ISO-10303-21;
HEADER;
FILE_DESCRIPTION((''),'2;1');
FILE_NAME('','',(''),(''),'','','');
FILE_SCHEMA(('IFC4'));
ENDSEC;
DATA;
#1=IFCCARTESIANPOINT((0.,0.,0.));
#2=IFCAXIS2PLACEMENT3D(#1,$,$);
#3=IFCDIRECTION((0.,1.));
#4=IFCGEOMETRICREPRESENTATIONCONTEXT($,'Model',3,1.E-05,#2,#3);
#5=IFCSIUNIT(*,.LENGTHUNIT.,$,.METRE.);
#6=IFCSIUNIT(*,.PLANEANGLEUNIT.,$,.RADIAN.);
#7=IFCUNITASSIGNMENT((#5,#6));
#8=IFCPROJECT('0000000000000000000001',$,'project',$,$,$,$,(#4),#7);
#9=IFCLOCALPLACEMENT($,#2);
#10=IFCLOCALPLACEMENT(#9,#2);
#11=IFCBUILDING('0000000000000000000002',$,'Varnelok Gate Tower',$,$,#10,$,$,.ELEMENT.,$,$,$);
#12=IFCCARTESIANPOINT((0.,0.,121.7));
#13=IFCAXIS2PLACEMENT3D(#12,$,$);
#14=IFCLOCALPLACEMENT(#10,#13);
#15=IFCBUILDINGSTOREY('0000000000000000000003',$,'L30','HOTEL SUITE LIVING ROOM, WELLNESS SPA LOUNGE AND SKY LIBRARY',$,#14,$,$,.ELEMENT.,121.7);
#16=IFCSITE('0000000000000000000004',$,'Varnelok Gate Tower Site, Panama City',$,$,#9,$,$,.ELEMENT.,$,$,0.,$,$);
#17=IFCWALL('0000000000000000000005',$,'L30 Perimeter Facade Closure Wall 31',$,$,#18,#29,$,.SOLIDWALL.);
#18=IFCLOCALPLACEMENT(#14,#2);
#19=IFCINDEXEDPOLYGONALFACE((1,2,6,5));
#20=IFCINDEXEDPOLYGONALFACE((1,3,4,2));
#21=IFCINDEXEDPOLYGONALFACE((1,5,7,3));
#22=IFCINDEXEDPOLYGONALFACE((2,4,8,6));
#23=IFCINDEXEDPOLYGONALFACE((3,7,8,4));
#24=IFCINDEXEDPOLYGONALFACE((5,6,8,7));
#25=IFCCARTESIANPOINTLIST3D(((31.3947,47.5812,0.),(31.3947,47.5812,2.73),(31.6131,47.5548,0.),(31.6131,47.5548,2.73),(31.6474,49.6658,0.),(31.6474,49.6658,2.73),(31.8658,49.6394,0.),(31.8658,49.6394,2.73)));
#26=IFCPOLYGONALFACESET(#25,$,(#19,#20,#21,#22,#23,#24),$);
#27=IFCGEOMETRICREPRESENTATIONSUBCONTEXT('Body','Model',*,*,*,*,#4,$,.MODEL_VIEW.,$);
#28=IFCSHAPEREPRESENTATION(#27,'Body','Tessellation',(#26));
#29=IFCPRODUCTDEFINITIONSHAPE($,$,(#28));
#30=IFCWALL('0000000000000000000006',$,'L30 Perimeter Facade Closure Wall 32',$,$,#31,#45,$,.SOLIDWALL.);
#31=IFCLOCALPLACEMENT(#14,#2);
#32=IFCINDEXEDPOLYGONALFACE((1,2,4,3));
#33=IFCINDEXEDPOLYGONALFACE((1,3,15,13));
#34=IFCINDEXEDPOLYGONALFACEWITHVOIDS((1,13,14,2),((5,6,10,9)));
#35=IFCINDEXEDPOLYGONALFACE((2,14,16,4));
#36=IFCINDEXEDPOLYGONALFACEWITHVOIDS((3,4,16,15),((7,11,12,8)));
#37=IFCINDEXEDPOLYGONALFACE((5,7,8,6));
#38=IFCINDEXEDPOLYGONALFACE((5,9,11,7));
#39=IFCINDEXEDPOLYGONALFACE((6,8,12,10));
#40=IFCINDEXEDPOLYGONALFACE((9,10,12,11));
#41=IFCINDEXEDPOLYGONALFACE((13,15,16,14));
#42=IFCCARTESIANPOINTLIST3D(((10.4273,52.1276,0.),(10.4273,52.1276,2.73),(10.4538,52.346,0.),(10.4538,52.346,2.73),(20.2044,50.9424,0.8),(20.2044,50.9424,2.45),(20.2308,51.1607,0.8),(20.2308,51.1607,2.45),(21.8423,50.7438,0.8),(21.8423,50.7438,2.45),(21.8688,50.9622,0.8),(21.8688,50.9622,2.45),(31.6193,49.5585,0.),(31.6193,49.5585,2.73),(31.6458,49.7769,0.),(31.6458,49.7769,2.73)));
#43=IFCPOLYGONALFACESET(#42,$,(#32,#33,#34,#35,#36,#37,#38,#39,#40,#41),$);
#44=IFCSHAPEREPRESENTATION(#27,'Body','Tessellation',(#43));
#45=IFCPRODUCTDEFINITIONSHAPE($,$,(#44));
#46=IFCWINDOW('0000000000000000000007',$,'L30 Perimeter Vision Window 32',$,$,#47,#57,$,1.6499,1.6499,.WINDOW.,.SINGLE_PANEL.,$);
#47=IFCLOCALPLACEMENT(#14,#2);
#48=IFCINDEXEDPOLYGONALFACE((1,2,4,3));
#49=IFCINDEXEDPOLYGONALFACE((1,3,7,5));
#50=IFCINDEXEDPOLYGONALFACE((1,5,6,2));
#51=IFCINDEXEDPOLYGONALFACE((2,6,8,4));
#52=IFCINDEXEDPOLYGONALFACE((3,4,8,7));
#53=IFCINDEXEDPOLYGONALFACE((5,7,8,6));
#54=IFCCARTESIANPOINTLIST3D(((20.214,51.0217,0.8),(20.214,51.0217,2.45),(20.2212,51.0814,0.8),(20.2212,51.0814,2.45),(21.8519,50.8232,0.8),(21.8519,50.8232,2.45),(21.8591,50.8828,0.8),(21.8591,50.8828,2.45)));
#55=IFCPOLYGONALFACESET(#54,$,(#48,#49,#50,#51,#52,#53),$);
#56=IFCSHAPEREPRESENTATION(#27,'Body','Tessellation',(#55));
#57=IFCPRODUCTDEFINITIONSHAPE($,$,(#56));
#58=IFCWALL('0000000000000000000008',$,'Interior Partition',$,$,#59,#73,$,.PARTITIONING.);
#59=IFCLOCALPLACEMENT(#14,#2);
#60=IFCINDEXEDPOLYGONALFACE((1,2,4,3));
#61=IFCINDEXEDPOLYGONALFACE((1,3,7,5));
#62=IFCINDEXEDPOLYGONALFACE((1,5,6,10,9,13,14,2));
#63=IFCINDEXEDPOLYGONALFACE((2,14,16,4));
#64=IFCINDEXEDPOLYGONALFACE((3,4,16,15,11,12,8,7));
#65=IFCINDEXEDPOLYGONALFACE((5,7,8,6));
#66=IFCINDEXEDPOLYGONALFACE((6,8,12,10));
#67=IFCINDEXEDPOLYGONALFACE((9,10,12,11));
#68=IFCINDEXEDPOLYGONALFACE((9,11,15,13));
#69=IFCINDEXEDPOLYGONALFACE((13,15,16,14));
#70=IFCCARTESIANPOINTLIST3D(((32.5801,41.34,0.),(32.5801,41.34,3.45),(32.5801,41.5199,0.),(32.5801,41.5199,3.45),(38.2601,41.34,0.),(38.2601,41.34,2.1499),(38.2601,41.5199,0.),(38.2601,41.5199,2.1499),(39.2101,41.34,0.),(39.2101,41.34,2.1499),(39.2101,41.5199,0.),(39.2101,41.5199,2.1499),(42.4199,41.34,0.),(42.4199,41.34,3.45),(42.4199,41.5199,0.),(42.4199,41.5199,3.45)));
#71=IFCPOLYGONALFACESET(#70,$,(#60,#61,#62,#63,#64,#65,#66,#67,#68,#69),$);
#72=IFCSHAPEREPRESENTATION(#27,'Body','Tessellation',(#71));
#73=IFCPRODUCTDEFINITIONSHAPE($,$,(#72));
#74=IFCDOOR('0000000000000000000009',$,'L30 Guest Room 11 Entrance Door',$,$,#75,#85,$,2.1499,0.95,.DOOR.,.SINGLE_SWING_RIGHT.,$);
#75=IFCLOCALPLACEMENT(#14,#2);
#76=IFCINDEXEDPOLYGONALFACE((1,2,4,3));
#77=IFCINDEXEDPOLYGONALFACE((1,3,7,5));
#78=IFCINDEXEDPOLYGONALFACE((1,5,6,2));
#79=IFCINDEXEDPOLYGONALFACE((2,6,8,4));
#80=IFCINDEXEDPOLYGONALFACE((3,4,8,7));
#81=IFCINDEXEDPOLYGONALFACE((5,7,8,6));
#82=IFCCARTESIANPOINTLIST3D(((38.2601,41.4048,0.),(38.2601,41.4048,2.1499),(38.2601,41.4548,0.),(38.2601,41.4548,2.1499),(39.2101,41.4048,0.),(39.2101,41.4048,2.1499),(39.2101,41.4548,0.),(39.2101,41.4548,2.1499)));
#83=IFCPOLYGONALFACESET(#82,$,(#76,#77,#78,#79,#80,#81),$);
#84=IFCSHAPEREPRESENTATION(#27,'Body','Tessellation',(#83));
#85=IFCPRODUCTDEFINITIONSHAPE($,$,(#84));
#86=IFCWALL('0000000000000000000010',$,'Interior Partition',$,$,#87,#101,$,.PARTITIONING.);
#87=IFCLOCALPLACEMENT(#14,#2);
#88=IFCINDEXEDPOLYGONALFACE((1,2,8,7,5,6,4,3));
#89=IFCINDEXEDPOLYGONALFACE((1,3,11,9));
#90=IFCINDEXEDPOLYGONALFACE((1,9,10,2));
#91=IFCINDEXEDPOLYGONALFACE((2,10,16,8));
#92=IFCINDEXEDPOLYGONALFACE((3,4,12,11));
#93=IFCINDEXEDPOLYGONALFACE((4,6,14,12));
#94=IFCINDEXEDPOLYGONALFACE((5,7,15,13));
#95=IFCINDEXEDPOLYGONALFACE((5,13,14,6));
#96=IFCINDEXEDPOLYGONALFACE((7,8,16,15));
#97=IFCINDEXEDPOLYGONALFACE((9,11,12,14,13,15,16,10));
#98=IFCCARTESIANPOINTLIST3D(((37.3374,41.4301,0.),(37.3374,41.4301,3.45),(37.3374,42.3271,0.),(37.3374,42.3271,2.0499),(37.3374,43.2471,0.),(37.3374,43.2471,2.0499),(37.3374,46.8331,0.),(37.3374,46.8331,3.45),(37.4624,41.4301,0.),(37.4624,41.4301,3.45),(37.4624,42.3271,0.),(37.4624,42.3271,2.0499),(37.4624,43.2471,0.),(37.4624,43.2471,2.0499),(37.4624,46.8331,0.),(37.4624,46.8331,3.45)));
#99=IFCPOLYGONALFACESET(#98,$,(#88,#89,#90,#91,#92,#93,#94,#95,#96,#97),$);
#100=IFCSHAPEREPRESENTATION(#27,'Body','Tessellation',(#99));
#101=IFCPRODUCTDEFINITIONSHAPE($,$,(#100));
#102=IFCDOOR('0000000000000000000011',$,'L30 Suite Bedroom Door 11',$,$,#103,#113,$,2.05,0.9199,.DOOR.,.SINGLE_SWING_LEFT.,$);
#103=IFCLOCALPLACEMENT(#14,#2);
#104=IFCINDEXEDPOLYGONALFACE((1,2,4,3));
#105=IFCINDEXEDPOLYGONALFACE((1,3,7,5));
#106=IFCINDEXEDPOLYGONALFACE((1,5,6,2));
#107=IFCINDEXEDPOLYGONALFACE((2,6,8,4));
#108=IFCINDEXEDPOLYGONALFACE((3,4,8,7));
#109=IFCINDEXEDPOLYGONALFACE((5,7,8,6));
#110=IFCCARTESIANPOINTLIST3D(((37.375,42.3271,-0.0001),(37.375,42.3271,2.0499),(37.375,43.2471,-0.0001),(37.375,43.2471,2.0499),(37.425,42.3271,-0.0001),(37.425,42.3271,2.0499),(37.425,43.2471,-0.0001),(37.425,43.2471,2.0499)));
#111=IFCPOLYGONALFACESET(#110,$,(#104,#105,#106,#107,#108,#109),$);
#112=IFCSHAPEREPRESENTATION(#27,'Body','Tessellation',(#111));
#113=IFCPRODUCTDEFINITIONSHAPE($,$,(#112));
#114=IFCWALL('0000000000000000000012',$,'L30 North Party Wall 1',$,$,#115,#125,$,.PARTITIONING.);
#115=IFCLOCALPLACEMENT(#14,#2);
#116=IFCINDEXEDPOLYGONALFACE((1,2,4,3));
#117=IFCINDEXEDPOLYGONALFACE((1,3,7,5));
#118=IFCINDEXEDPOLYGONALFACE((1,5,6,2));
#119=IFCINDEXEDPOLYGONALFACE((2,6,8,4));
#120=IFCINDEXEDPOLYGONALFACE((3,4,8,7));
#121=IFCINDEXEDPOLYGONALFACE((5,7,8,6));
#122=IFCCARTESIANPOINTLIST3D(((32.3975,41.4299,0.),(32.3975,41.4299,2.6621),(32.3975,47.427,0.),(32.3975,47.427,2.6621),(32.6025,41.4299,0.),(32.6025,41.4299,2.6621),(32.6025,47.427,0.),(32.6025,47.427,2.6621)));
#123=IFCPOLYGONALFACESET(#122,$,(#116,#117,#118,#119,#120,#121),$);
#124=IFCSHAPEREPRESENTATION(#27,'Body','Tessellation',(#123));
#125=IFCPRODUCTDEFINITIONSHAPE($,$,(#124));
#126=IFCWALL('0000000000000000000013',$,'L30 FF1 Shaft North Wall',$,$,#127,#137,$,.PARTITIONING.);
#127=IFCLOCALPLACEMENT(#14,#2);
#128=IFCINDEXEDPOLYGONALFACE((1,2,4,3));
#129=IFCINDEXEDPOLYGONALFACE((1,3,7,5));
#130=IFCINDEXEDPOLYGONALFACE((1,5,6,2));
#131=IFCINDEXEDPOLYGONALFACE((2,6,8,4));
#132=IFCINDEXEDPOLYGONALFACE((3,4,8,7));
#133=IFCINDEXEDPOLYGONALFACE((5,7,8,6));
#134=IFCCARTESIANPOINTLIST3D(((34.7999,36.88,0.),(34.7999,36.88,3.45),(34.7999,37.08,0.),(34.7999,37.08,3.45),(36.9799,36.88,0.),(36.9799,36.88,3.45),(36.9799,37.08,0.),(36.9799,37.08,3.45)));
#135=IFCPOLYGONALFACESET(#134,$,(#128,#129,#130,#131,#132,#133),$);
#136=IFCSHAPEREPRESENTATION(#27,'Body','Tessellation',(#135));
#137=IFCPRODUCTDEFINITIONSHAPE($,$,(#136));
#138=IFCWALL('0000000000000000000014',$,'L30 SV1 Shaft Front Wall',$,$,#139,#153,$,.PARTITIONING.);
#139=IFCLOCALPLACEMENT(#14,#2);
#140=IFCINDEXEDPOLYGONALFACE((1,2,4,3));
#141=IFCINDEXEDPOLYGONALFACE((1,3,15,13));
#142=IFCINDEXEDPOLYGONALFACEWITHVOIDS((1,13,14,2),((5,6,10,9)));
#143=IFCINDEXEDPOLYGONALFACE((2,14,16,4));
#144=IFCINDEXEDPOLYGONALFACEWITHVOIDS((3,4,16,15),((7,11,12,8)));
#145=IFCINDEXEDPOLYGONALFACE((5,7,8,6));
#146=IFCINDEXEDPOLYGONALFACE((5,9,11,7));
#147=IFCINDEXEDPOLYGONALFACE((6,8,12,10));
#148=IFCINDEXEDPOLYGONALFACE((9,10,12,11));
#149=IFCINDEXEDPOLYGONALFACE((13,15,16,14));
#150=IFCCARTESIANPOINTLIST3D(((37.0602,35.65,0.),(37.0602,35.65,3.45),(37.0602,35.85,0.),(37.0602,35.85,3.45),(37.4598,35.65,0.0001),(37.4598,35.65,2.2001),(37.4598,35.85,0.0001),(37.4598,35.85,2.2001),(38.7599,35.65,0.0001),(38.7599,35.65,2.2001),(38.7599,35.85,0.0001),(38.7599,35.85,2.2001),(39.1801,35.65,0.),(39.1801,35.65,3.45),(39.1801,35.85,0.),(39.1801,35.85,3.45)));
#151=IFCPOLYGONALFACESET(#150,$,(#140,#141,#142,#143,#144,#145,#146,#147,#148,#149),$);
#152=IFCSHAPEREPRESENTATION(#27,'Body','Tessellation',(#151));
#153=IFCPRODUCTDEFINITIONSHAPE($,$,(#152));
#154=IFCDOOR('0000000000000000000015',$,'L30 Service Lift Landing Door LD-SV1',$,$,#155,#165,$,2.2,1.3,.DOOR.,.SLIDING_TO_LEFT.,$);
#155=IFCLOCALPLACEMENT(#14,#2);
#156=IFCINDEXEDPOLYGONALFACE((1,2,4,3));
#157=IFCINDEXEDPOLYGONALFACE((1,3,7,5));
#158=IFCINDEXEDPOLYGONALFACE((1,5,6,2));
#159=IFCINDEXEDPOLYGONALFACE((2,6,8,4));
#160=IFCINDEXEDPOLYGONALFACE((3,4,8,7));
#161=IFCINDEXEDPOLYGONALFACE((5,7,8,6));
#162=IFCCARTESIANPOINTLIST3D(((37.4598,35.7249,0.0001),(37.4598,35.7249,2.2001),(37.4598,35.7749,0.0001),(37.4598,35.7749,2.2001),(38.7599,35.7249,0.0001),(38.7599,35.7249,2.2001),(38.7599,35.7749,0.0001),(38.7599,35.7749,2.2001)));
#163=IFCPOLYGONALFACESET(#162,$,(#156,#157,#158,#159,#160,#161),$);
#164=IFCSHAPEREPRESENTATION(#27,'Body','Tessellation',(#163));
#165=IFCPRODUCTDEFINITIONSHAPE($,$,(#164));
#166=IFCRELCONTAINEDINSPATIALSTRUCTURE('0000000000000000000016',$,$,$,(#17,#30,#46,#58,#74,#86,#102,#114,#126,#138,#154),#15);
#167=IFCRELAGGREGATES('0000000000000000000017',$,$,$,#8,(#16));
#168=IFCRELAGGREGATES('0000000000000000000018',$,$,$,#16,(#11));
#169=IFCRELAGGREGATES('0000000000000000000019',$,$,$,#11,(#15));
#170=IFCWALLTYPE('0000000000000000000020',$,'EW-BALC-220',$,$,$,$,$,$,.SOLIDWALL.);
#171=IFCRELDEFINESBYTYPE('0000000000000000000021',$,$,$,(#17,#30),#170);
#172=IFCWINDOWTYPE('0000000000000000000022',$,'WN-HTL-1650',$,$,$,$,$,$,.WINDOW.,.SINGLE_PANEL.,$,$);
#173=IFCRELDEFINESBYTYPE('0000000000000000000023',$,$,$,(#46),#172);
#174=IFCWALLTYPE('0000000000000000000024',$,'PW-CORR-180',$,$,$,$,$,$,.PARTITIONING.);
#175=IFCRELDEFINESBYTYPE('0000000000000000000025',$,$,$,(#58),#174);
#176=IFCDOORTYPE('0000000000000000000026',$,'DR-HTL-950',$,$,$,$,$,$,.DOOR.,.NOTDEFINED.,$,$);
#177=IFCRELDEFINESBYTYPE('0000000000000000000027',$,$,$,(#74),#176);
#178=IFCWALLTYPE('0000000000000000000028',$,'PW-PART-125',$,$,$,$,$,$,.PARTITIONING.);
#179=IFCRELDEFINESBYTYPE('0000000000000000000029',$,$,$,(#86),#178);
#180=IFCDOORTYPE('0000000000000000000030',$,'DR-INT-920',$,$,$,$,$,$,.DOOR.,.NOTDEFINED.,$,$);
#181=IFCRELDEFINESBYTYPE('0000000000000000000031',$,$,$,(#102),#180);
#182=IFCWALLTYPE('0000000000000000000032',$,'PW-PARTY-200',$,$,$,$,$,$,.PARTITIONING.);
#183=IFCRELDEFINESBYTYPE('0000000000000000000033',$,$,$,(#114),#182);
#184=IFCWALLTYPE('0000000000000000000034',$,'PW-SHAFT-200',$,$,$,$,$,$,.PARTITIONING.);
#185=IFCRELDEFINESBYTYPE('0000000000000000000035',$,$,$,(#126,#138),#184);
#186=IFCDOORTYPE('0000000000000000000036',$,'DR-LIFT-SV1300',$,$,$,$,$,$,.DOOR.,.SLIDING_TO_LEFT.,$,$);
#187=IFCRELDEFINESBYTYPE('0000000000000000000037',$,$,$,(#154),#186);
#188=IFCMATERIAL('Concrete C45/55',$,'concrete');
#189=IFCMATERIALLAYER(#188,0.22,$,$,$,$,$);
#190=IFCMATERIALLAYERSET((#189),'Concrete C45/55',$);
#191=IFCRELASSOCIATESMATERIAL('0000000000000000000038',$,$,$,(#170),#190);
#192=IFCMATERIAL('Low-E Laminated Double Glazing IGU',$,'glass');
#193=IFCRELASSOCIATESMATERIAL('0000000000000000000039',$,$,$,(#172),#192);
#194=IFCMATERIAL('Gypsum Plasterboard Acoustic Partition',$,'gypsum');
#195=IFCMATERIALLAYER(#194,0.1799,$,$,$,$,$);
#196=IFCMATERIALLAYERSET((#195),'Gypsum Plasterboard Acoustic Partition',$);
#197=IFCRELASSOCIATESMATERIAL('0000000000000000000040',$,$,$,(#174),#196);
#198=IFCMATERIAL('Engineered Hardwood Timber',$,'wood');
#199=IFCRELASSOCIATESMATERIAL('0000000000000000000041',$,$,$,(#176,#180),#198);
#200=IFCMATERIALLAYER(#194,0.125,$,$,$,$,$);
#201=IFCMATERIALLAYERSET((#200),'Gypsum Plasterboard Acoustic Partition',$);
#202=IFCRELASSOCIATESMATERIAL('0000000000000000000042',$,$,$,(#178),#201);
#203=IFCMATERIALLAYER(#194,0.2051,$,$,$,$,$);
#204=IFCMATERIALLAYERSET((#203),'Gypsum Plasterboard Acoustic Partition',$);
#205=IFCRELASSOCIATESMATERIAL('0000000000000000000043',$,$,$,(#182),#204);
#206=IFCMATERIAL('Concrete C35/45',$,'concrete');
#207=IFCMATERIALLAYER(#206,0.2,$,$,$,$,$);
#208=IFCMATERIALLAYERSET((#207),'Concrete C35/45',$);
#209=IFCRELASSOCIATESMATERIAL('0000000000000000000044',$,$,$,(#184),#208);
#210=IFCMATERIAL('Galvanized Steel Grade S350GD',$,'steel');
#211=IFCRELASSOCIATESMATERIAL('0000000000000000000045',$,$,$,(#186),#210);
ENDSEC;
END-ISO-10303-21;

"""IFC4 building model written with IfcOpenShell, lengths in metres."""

from ifc_helpers import new_model, si_unit, direction, frame, frame_2d, origin, place, context, subcontext, project, spatial, rectangle, extrude, material, layer, layer_set, type_object, element, fill, save


model = new_model("IFC4")

# Units and contexts
model_context = context("Model", 3, precision=1e-05, world=origin(), true_north=direction((0.0, 1.0)))
body_context = subcontext(model_context, "Body", "Model", "MODEL_VIEW")
ifc_project = project(units=[si_unit("LENGTHUNIT", "METRE"), si_unit("PLANEANGLEUNIT", "RADIAN")], contexts=[model_context])

# Site, building, storey
site_placement = place(None, origin())
site = spatial("IfcSite", under=ifc_project, at=site_placement, Name="Varnelok Gate Tower Site, Panama City", CompositionType="ELEMENT", RefElevation=0.0)
building_placement = place(site_placement, origin())
building = spatial("IfcBuilding", under=site, at=building_placement, Name="Varnelok Gate Tower", CompositionType="ELEMENT")
storey_placement = place(building_placement, frame((0.0, 0.0, 121.7)))
storey = spatial("IfcBuildingStorey", under=building, at=storey_placement, Name="L30", Description="HOTEL SUITE LIVING ROOM, WELLNESS SPA LOUNGE AND SKY LIBRARY", CompositionType="ELEMENT", Elevation=121.7)

# Shared definitions
ifc_material_1 = material(Name="Concrete C45/55", Category="concrete")
ifc_layer_1 = layer(ifc_material_1, 0.22)
ifc_layer_set_1 = layer_set([ifc_layer_1], Name="Concrete C45/55")
wall_type_1 = type_object("IfcWallType", Name="EW-BALC-220", PredefinedType="SOLIDWALL", material=ifc_layer_set_1)

# Wall
wall_1_placement = place(storey_placement, frame((31.5039, 47.5681, 0.0), z_axis=(0.0, 0.0, 1.0), x_axis=(0.120342, 0.992733, 0.0)))
element("IfcWall", 1, at=wall_1_placement, inside=storey, type_object=wall_type_1, Name="L30 Perimeter Facade Closure Wall 31", PredefinedType="SOLIDWALL", context=body_context, shape_type="SweptSolid", body=[
    extrude(rectangle(XDim=2.0999, YDim=0.22, at=frame_2d((1.0498, 0.0))), origin(), (0.0, 0.0, 1.0), 2.73),
])

# Wall, opening, window
wall_2_placement = place(storey_placement, frame((31.6326, 49.6677, 0.0), z_axis=(0.0, 0.0, 1.0), x_axis=(-0.992732, 0.120349, 0.0)))
wall_2 = element("IfcWall", 2, at=wall_2_placement, inside=storey, type_object=wall_type_1, Name="L30 Perimeter Facade Closure Wall 32", PredefinedType="SOLIDWALL", context=body_context, shape_type="SweptSolid", body=[
    extrude(rectangle(XDim=21.3472, YDim=0.22, at=frame_2d((10.6736, 0.0))), origin(), (0.0, 0.0, 1.0), 2.73),
])
opening_1_placement = place(wall_2_placement, frame((9.8486, 0.0, 0.8)))
opening_1 = element("IfcOpeningElement", 3, at=opening_1_placement, cuts=wall_2, PredefinedType="OPENING", context=body_context, shape_type="SweptSolid", body=[
    extrude(rectangle(XDim=1.6499, YDim=1.6499, at=frame_2d((0.825, 0.825))), frame((0.0, 0.1199, 0.0), z_axis=(0.0, -1.0, 0.0), x_axis=(1.0, 0.0, 0.0)), (0.0, 0.0, 1.0), 0.24),
])
ifc_material_2 = material(Name="Low-E Laminated Double Glazing IGU", Category="glass")
window_type = type_object("IfcWindowType", Name="WN-HTL-1650", PartitioningType="SINGLE_PANEL", PredefinedType="WINDOW", material=ifc_material_2)
window_placement = place(opening_1_placement, origin())
window = element("IfcWindow", 4, at=window_placement, inside=storey, type_object=window_type, Name="L30 Perimeter Vision Window 32", OverallHeight=1.6499, OverallWidth=1.6499, PartitioningType="SINGLE_PANEL", PredefinedType="WINDOW", context=body_context, shape_type="SweptSolid", body=[
    extrude(rectangle(XDim=1.6499, YDim=1.6499, at=frame_2d((0.825, 0.825))), frame((0.0, 0.03, 0.0), z_axis=(0.0, -1.0, 0.0), x_axis=(1.0, 0.0, 0.0)), (0.0, 0.0, 1.0), 0.0601),
])
fill(opening_1, window)

# Walls, openings, doors
ifc_material_3 = material(Name="Gypsum Plasterboard Acoustic Partition", Category="gypsum")
ifc_layer_2 = layer(ifc_material_3, 0.1799)
ifc_layer_set_2 = layer_set([ifc_layer_2], Name="Gypsum Plasterboard Acoustic Partition")
wall_type_2 = type_object("IfcWallType", Name="PW-CORR-180", PredefinedType="PARTITIONING", material=ifc_layer_set_2)
wall_3_placement = place(storey_placement, frame((32.5801, 41.4299, 0.0), z_axis=(0.0, 0.0, 1.0), x_axis=(1.0, 0.0, 0.0)))
wall_3 = element("IfcWall", 5, at=wall_3_placement, inside=storey, type_object=wall_type_2, Name="Interior Partition", PredefinedType="PARTITIONING", context=body_context, shape_type="SweptSolid", body=[
    extrude(rectangle(XDim=9.8398, YDim=0.1799, at=frame_2d((4.9199, 0.0))), origin(), (0.0, 0.0, 1.0), 3.45),
])
opening_2_placement = place(wall_3_placement, frame((5.6799, 0.0, 0.0)))
opening_2 = element("IfcOpeningElement", 6, at=opening_2_placement, cuts=wall_3, PredefinedType="OPENING", context=body_context, shape_type="SweptSolid", body=[
    extrude(rectangle(XDim=0.95, YDim=2.1499, at=frame_2d((0.4751, 1.075))), frame((0.0, 0.0999, 0.0), z_axis=(0.0, -1.0, 0.0), x_axis=(1.0, 0.0, 0.0)), (0.0, 0.0, 1.0), 0.2),
])
ifc_material_4 = material(Name="Engineered Hardwood Timber", Category="wood")
door_type_1 = type_object("IfcDoorType", Name="DR-HTL-950", OperationType="NOTDEFINED", PredefinedType="DOOR", material=ifc_material_4)
door_1_placement = place(opening_2_placement, origin())
door_1 = element("IfcDoor", 7, at=door_1_placement, inside=storey, type_object=door_type_1, Name="L30 Guest Room 11 Entrance Door", OperationType="SINGLE_SWING_RIGHT", OverallHeight=2.1499, OverallWidth=0.95, PredefinedType="DOOR", context=body_context, shape_type="SweptSolid", body=[
    extrude(rectangle(XDim=0.95, YDim=2.1499, at=frame_2d((0.4751, 1.075))), frame((0.0, 0.0249, 0.0), z_axis=(0.0, -1.0, 0.0), x_axis=(1.0, 0.0, 0.0)), (0.0, 0.0, 1.0), 0.05),
])
fill(opening_2, door_1)
ifc_layer_3 = layer(ifc_material_3, 0.125)
ifc_layer_set_3 = layer_set([ifc_layer_3], Name="Gypsum Plasterboard Acoustic Partition")
wall_type_3 = type_object("IfcWallType", Name="PW-PART-125", PredefinedType="PARTITIONING", material=ifc_layer_set_3)
wall_4_placement = place(storey_placement, frame((37.3999, 41.4299, 0.0), z_axis=(0.0, 0.0, 1.0), x_axis=(0.0, 1.0, 0.0)))
wall_4 = element("IfcWall", 8, at=wall_4_placement, inside=storey, type_object=wall_type_3, Name="Interior Partition", PredefinedType="PARTITIONING", context=body_context, shape_type="SweptSolid", body=[
    extrude(rectangle(XDim=5.4031, YDim=0.125, at=frame_2d((2.7017, 0.0))), origin(), (0.0, 0.0, 1.0), 3.45),
])
opening_3_placement = place(wall_4_placement, frame((0.8972, 0.0, 0.0)))
opening_3 = element("IfcOpeningElement", 9, at=opening_3_placement, cuts=wall_4, PredefinedType="OPENING", context=body_context, shape_type="SweptSolid", body=[
    extrude(rectangle(XDim=0.9199, YDim=2.05, at=frame_2d((0.46, 1.0249))), frame((0.0, 0.0725, 0.0), z_axis=(0.0, -1.0, 0.0), x_axis=(1.0, 0.0, 0.0)), (0.0, 0.0, 1.0), 0.145),
])
door_type_2 = type_object("IfcDoorType", Name="DR-INT-920", OperationType="NOTDEFINED", PredefinedType="DOOR", material=ifc_material_4)
door_2_placement = place(opening_3_placement, origin())
door_2 = element("IfcDoor", 10, at=door_2_placement, inside=storey, type_object=door_type_2, Name="L30 Suite Bedroom Door 11", OperationType="SINGLE_SWING_LEFT", OverallHeight=2.05, OverallWidth=0.9199, PredefinedType="DOOR", context=body_context, shape_type="SweptSolid", body=[
    extrude(rectangle(XDim=0.9199, YDim=2.05, at=frame_2d((0.46, 1.0249))), frame((0.0, 0.0249, 0.0), z_axis=(0.0, -1.0, 0.0), x_axis=(1.0, 0.0, 0.0)), (0.0, 0.0, 1.0), 0.05),
])
fill(opening_3, door_2)

# Walls
ifc_layer_4 = layer(ifc_material_3, 0.2051)
ifc_layer_set_4 = layer_set([ifc_layer_4], Name="Gypsum Plasterboard Acoustic Partition")
wall_type_4 = type_object("IfcWallType", Name="PW-PARTY-200", PredefinedType="PARTITIONING", material=ifc_layer_set_4)
wall_5_placement = place(storey_placement, frame((32.5, 41.4299, 0.0), z_axis=(0.0, 0.0, 1.0), x_axis=(0.0, 1.0, 0.0)))
element("IfcWall", 11, at=wall_5_placement, inside=storey, type_object=wall_type_4, Name="L30 North Party Wall 1", PredefinedType="PARTITIONING", context=body_context, shape_type="SweptSolid", body=[
    extrude(rectangle(XDim=5.9971, YDim=0.2051, at=frame_2d((2.9985, 0.0))), origin(), (0.0, 0.0, 1.0), 2.6621),
])
ifc_material_5 = material(Name="Concrete C35/45", Category="concrete")
ifc_layer_5 = layer(ifc_material_5, 0.2)
ifc_layer_set_5 = layer_set([ifc_layer_5], Name="Concrete C35/45")
wall_type_5 = type_object("IfcWallType", Name="PW-SHAFT-200", PredefinedType="PARTITIONING", material=ifc_layer_set_5)
wall_6_placement = place(storey_placement, frame((34.8, 36.98, 0.0), z_axis=(0.0, 0.0, 1.0), x_axis=(1.0, 0.0, 0.0)))
element("IfcWall", 12, at=wall_6_placement, inside=storey, type_object=wall_type_5, Name="L30 FF1 Shaft North Wall", PredefinedType="PARTITIONING", context=body_context, shape_type="SweptSolid", body=[
    extrude(rectangle(XDim=2.1799, YDim=0.2, at=frame_2d((1.0898, 0.0))), origin(), (0.0, 0.0, 1.0), 3.45),
])

# Wall, opening, door
wall_7_placement = place(storey_placement, frame((37.0601, 35.75, 0.0), z_axis=(0.0, 0.0, 1.0), x_axis=(1.0, 0.0, 0.0)))
wall_7 = element("IfcWall", 13, at=wall_7_placement, inside=storey, type_object=wall_type_5, Name="L30 SV1 Shaft Front Wall", PredefinedType="PARTITIONING", context=body_context, shape_type="SweptSolid", body=[
    extrude(rectangle(XDim=2.1199, YDim=0.2, at=frame_2d((1.0601, 0.0))), origin(), (0.0, 0.0, 1.0), 3.45),
])
opening_4_placement = place(wall_7_placement, frame((0.3999, 0.0, 0.0)))
opening_4 = element("IfcOpeningElement", 14, at=opening_4_placement, cuts=wall_7, PredefinedType="OPENING", context=body_context, shape_type="SweptSolid", body=[
    extrude(rectangle(XDim=1.3, YDim=2.2, at=frame_2d((0.6499, 1.1001))), frame((0.0, 0.1099, 0.0), z_axis=(0.0, -1.0, 0.0), x_axis=(1.0, 0.0, 0.0)), (0.0, 0.0, 1.0), 0.22),
])
ifc_material_6 = material(Name="Galvanized Steel Grade S350GD", Category="steel")
door_type_3 = type_object("IfcDoorType", Name="DR-LIFT-SV1300", OperationType="SLIDING_TO_LEFT", PredefinedType="DOOR", material=ifc_material_6)
door_3_placement = place(opening_4_placement, origin())
door_3 = element("IfcDoor", 15, at=door_3_placement, inside=storey, type_object=door_type_3, Name="L30 Service Lift Landing Door LD-SV1", OperationType="SLIDING_TO_LEFT", OverallHeight=2.2, OverallWidth=1.3, PredefinedType="DOOR", context=body_context, shape_type="SweptSolid", body=[
    extrude(rectangle(XDim=1.3, YDim=2.2, at=frame_2d((0.6499, 1.1001))), frame((0.0, 0.0249, 0.0), z_axis=(0.0, -1.0, 0.0), x_axis=(1.0, 0.0, 0.0)), (0.0, 0.0, 1.0), 0.05),
])
fill(opening_4, door_3)

save(model, "model.ifc")
